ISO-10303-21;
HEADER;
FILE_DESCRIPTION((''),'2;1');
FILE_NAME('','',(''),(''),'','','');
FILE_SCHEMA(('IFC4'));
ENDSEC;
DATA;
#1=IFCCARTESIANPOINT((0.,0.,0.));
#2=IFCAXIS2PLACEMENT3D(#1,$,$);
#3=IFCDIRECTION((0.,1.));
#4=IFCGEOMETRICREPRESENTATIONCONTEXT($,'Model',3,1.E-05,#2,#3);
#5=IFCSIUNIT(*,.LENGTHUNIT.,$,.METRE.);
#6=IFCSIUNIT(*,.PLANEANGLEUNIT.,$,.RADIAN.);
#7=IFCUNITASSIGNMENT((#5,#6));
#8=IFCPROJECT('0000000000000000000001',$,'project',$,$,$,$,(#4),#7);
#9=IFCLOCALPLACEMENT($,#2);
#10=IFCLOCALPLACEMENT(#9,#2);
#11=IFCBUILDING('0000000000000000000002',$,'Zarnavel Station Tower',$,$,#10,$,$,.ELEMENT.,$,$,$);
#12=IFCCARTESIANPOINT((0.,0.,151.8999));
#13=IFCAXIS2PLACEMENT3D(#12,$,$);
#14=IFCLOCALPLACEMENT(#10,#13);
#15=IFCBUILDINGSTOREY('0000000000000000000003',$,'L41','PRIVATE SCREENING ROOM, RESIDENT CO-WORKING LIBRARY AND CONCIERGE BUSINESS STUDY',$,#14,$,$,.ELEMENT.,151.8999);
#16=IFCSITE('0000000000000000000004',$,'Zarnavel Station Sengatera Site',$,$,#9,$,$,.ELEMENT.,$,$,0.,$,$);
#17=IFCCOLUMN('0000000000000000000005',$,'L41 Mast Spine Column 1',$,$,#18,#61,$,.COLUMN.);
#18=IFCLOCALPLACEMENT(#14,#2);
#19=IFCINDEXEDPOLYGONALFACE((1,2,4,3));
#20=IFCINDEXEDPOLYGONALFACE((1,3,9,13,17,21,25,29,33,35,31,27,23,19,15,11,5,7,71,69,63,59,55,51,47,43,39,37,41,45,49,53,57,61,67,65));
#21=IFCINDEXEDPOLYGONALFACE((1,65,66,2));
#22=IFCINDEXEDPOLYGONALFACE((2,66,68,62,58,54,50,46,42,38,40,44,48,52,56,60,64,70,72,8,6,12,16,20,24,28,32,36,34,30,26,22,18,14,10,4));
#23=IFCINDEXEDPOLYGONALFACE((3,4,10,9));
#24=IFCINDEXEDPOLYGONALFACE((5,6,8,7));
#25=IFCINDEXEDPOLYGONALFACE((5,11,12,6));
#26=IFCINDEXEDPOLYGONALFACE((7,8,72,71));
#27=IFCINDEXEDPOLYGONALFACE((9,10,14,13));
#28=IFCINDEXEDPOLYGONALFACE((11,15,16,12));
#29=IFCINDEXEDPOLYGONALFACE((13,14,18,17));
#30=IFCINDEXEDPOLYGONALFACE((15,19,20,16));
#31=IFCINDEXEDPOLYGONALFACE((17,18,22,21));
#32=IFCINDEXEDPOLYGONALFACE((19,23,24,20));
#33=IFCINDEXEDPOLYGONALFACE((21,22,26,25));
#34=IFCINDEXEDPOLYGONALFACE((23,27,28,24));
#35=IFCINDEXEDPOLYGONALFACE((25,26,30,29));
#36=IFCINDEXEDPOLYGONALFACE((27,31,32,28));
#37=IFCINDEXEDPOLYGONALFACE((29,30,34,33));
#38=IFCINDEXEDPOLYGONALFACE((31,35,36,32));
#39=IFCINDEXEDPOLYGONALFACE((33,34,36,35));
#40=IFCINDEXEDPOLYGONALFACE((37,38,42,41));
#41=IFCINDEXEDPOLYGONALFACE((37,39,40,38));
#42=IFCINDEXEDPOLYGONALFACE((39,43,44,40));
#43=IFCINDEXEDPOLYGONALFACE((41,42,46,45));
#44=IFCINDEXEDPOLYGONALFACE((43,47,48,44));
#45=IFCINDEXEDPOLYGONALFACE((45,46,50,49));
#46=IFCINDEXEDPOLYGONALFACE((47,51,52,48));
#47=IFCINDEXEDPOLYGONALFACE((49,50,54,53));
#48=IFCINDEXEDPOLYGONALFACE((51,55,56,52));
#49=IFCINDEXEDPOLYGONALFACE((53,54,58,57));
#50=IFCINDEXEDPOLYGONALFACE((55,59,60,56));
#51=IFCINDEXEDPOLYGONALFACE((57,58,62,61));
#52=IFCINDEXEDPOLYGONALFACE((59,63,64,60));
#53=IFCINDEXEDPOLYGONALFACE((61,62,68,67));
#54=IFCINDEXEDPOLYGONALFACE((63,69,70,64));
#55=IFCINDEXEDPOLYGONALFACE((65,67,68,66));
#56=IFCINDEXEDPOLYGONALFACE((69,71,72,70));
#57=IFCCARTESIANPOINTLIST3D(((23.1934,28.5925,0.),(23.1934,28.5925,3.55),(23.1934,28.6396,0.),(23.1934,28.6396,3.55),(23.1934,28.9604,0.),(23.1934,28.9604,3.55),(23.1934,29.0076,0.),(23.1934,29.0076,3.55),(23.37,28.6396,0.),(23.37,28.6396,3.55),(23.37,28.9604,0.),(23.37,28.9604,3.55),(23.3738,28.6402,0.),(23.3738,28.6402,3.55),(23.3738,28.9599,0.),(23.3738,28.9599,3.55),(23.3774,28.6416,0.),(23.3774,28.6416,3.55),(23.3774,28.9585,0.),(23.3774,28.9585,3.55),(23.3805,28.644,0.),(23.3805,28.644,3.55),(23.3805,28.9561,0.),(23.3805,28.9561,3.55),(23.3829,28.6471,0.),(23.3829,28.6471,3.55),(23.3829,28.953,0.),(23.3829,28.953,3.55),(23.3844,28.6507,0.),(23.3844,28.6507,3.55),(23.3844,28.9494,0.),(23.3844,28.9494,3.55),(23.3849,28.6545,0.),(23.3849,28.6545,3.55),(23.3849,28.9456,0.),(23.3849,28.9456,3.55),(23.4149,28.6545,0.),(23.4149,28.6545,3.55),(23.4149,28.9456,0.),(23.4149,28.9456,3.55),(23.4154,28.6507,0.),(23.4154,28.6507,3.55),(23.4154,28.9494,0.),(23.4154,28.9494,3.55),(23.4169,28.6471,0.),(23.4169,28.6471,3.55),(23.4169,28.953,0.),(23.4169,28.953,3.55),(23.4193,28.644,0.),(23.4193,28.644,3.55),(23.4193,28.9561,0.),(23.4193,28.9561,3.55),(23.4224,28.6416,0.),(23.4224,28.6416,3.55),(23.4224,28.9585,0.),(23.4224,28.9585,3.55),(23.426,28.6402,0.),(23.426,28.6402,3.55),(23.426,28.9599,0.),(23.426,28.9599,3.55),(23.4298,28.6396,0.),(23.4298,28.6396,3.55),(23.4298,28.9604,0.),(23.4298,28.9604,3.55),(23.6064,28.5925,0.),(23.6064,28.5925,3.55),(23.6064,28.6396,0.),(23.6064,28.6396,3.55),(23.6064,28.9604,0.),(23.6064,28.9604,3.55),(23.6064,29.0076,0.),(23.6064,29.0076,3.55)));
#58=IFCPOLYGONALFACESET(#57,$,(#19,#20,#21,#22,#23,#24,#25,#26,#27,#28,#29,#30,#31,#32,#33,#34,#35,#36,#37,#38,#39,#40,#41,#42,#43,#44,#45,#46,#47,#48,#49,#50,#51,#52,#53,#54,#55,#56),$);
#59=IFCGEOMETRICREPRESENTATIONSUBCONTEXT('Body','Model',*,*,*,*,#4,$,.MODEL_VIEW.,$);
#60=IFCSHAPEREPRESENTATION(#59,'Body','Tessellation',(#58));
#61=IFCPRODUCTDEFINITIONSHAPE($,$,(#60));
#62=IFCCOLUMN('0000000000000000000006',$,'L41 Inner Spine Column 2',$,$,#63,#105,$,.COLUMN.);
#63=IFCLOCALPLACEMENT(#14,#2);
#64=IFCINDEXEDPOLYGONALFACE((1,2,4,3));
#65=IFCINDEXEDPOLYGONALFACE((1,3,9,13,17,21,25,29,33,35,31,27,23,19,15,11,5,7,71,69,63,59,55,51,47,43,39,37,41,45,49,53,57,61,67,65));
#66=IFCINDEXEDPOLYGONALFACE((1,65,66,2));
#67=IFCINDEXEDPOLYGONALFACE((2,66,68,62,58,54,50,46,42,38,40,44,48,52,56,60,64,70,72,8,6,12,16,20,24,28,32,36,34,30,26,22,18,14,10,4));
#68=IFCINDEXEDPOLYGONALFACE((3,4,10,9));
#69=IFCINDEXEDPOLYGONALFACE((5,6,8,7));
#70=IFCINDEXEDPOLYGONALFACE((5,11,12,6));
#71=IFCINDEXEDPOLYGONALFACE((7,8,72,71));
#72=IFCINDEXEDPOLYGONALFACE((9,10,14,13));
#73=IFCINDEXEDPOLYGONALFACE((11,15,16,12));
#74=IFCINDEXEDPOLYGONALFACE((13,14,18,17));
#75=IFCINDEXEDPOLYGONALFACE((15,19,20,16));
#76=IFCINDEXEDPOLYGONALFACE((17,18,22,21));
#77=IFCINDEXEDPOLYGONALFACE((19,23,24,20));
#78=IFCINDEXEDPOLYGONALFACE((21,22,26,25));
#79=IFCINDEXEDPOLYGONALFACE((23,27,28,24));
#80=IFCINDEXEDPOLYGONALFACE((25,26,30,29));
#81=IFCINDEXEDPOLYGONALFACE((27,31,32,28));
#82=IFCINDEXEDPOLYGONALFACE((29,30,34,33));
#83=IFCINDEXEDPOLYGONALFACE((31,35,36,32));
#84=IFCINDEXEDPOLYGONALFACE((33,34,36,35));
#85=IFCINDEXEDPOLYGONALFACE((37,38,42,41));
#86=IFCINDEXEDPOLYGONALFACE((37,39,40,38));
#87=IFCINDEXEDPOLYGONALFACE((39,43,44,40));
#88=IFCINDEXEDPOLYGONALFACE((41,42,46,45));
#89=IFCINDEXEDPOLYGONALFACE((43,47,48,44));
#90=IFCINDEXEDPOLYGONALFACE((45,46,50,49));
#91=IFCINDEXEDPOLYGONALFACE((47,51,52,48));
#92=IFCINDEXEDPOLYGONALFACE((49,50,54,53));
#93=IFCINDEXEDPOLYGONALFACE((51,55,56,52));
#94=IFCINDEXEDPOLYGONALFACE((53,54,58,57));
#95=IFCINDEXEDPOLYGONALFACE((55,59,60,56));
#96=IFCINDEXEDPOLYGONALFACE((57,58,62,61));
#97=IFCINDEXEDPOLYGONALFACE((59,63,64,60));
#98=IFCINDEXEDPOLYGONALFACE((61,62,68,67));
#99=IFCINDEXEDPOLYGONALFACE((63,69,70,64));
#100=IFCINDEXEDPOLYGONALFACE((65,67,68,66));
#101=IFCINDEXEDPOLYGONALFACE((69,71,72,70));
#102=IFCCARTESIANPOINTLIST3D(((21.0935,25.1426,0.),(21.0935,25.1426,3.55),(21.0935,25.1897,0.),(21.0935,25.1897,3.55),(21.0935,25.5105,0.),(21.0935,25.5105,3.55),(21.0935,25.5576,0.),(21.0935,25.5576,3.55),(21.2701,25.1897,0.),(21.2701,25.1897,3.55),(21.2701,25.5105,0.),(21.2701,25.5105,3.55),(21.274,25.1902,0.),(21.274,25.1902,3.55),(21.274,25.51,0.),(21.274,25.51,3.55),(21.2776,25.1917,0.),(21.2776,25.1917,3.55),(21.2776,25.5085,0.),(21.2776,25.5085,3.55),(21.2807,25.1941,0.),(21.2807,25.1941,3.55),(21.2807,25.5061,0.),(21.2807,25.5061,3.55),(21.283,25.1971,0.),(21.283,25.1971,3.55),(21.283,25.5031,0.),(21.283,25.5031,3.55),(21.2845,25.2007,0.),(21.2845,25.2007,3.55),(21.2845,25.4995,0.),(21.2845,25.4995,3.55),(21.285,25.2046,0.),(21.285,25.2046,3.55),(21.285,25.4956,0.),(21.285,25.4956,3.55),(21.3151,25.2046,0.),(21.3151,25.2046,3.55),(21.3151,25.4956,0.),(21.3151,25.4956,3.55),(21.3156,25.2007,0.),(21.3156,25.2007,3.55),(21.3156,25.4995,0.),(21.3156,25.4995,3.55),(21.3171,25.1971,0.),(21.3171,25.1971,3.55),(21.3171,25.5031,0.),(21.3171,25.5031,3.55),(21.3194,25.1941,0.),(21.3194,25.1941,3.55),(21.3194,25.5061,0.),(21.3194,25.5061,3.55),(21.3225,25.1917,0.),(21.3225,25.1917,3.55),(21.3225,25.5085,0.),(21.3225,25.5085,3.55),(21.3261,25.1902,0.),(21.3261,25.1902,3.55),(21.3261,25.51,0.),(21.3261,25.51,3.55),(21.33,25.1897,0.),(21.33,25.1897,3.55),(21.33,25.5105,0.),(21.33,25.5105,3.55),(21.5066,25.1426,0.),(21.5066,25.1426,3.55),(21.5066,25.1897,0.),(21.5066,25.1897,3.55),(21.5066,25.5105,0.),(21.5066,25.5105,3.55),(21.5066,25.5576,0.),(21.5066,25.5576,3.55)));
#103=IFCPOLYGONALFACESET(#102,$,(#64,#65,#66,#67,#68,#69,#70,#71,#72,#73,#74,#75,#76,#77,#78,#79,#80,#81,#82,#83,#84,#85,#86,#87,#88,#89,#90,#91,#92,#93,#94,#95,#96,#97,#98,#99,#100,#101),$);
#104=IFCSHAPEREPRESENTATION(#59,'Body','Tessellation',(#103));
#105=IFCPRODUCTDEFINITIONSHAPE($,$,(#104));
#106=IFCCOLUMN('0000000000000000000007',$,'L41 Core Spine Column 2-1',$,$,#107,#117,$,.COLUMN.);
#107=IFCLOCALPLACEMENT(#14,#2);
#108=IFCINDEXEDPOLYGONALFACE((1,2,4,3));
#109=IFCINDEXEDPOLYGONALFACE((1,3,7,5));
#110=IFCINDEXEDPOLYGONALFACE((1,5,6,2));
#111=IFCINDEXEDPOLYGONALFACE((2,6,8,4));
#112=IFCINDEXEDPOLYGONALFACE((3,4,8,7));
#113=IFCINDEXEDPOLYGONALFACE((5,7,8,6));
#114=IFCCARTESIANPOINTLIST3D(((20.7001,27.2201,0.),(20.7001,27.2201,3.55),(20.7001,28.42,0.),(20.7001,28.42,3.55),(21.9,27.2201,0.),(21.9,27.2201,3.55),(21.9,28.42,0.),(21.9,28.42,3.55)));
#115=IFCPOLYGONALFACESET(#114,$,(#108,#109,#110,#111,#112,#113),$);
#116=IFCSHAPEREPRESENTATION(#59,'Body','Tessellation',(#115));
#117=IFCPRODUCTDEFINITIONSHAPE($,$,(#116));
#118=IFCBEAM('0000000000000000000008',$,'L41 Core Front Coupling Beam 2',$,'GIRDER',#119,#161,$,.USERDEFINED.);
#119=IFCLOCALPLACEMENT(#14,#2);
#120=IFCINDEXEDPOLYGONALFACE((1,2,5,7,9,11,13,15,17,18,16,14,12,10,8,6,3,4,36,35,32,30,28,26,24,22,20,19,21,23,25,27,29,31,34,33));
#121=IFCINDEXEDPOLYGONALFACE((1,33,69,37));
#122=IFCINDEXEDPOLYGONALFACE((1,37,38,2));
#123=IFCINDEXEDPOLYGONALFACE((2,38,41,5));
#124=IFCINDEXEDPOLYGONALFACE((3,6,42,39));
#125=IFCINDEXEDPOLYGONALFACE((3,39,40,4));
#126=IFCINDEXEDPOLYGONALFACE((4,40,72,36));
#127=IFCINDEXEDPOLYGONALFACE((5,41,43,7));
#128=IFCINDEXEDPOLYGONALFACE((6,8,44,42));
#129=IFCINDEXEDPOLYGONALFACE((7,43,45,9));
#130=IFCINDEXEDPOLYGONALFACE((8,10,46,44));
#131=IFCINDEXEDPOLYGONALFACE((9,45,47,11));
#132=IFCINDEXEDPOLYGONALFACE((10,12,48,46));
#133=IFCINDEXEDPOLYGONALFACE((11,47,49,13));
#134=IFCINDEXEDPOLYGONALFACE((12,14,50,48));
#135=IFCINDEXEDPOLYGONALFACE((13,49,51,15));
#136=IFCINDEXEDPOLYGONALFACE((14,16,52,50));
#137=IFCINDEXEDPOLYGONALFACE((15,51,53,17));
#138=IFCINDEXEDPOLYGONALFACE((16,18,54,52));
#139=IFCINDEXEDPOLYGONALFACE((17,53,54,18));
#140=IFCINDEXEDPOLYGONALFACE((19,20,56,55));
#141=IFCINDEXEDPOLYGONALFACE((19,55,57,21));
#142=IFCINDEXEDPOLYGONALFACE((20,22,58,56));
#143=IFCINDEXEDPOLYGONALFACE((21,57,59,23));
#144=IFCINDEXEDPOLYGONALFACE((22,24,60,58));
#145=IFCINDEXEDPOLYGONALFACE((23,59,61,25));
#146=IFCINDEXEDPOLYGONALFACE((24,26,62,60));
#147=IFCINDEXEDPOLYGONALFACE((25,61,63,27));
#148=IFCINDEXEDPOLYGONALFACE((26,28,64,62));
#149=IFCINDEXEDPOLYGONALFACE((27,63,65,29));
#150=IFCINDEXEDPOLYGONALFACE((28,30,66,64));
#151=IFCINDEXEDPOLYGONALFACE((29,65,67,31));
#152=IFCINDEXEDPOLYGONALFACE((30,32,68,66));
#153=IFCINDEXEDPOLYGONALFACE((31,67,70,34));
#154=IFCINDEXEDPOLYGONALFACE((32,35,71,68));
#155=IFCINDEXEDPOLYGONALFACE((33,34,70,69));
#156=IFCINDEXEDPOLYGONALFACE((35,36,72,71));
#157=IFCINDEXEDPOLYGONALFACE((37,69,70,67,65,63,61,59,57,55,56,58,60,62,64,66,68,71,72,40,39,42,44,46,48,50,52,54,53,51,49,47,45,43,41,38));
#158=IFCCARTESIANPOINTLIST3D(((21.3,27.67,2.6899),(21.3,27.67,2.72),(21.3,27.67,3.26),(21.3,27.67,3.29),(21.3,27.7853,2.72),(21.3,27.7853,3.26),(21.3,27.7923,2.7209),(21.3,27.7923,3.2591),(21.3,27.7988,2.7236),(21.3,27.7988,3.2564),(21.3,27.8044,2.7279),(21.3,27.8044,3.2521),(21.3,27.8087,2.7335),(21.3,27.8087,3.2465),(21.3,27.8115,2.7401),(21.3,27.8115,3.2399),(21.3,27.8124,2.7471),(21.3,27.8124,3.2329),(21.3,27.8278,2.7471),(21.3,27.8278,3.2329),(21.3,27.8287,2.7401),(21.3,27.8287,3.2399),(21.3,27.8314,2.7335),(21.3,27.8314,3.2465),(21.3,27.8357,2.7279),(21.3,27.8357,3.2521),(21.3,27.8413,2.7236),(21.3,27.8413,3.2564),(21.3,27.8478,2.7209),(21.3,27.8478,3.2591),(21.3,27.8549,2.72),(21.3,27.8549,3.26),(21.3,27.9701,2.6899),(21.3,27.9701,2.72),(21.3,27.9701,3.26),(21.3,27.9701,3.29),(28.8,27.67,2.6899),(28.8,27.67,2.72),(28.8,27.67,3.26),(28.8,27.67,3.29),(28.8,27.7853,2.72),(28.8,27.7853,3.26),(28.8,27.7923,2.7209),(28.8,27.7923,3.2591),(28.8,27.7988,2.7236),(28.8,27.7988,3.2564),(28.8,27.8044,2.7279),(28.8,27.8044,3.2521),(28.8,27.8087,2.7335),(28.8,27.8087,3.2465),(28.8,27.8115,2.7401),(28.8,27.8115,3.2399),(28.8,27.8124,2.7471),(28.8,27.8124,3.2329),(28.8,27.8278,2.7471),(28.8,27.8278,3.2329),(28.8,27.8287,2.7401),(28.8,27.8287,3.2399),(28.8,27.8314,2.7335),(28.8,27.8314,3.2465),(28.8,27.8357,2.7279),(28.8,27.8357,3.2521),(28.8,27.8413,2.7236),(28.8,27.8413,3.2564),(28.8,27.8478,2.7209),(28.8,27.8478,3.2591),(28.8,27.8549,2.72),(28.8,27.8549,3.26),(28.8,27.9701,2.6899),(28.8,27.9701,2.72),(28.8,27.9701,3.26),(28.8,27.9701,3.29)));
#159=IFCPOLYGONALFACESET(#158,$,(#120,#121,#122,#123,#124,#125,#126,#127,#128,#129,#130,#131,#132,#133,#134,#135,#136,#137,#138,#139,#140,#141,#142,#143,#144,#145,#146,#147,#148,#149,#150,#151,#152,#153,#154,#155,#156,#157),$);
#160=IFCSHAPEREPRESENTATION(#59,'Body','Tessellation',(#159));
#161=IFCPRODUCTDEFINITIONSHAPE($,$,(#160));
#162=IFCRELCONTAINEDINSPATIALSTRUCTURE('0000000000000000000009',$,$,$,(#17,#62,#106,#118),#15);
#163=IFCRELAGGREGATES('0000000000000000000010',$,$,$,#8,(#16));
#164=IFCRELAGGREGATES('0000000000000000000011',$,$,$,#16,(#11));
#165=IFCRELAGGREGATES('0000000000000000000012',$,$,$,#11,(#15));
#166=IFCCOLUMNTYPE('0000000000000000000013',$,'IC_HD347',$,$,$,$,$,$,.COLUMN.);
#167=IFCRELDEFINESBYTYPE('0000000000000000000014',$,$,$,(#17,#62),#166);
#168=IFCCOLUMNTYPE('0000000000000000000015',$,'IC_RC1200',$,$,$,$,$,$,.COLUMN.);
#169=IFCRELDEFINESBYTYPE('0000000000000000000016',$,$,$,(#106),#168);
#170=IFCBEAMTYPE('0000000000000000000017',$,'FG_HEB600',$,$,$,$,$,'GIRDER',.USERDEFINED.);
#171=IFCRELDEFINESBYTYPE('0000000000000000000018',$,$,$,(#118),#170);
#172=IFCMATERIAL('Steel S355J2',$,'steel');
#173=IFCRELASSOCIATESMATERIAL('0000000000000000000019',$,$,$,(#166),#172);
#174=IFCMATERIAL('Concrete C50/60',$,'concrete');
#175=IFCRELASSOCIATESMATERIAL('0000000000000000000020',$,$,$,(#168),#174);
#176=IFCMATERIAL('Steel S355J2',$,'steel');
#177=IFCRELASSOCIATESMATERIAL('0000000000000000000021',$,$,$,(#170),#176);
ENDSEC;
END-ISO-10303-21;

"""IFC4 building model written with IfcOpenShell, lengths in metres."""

from ifc_helpers import new_model, si_unit, direction, frame, origin, origin_2d, place, context, subcontext, project, spatial, rectangle, i_section, extrude, material, material_profile, profile_set, type_object, element, save


model = new_model("IFC4")

# Units and contexts
model_context = context("Model", 3, precision=1e-05, world=origin(), true_north=direction((0.0, 1.0)))
body_context = subcontext(model_context, "Body", "Model", "MODEL_VIEW")
ifc_project = project(units=[si_unit("LENGTHUNIT", "METRE"), si_unit("PLANEANGLEUNIT", "RADIAN")], contexts=[model_context])

# Site, building, storey
site_placement = place(None, origin())
site = spatial("IfcSite", under=ifc_project, at=site_placement, Name="Zarnavel Station Sengatera Site", CompositionType="ELEMENT", RefElevation=0.0)
building_placement = place(site_placement, origin())
building = spatial("IfcBuilding", under=site, at=building_placement, Name="Zarnavel Station Tower", CompositionType="ELEMENT")
storey_placement = place(building_placement, frame((0.0, 0.0, 151.8999)))
storey = spatial("IfcBuildingStorey", under=building, at=storey_placement, Name="L41", Description="PRIVATE SCREENING ROOM, RESIDENT CO-WORKING LIBRARY AND CONCIERGE BUSINESS STUDY", CompositionType="ELEMENT", Elevation=151.8999)

# Columns
ifc_material_1 = material(Name="Steel S355J2", Category="steel")
ifc_material_profile_1 = material_profile(ifc_material_1, i_section(OverallWidth=0.4131, OverallDepth=0.415, WebThickness=0.03, FlangeThickness=0.0471, FilletRadius=0.0149, at=origin_2d()), Name="HD400x347")
ifc_profile_set_1 = profile_set([ifc_material_profile_1], Name="Steel S355J2")
column_type_1 = type_object("IfcColumnType", Name="IC_HD347", PredefinedType="COLUMN", material=ifc_profile_set_1)
for number, where, z_axis, x_axis, name in (
    (1, (23.3999, 28.8, 0.0), (0.0, 0.0, 1.0), (1.0, 0.0, 0.0), "L41 Mast Spine Column 1"),
    (2, (21.3, 25.3501, 0.0), (0.0, 0.0, 1.0), (1.0, 0.0, 0.0), "L41 Inner Spine Column 2"),
):
    element("IfcColumn", number, at=place(storey_placement, frame(where, z_axis=z_axis, x_axis=x_axis)), inside=storey, type_object=column_type_1, Name=name, PredefinedType="COLUMN", context=body_context, shape_type="SweptSolid", body=[
        extrude(i_section(OverallWidth=0.4131, OverallDepth=0.415, WebThickness=0.03, FlangeThickness=0.0471, FilletRadius=0.0149, at=origin_2d()), origin(), (0.0, 0.0, 1.0), 3.55),
    ])
ifc_material_2 = material(Name="Concrete C50/60", Category="concrete")
ifc_material_profile_2 = material_profile(ifc_material_2, rectangle(XDim=1.2, YDim=1.2, at=origin_2d()), Name="RC1200x1200")
ifc_profile_set_2 = profile_set([ifc_material_profile_2], Name="Concrete C50/60")
column_type_2 = type_object("IfcColumnType", Name="IC_RC1200", PredefinedType="COLUMN", material=ifc_profile_set_2)
column_placement = place(storey_placement, frame((21.3, 27.8201, 0.0), z_axis=(0.0, 0.0, 1.0), x_axis=(1.0, 0.0, 0.0)))
element("IfcColumn", 3, at=column_placement, inside=storey, type_object=column_type_2, Name="L41 Core Spine Column 2-1", PredefinedType="COLUMN", context=body_context, shape_type="SweptSolid", body=[
    extrude(rectangle(XDim=1.2, YDim=1.2, at=origin_2d()), origin(), (0.0, 0.0, 1.0), 3.55),
])

# Beam
ifc_material_3 = material(Name="Steel S355J2", Category="steel")
ifc_material_profile_3 = material_profile(ifc_material_3, i_section(OverallWidth=0.3, OverallDepth=0.6001, WebThickness=0.0154, FlangeThickness=0.03, FilletRadius=0.0271, at=origin_2d()), Name="HEB600")
ifc_profile_set_3 = profile_set([ifc_material_profile_3], Name="Steel S355J2")
beam_type_1 = type_object("IfcBeamType", Name="FG_HEB600", ElementType="GIRDER", PredefinedType="USERDEFINED", material=ifc_profile_set_3)
beam_1_placement = place(storey_placement, frame((21.3, 27.8201, 2.99), z_axis=(1.0, 0.0, 0.0), x_axis=(0.0, 1.0, 0.0)))
element("IfcBeam", 4, at=beam_1_placement, inside=storey, type_object=beam_type_1, Name="L41 Core Front Coupling Beam 2", ObjectType="GIRDER", PredefinedType="USERDEFINED", context=body_context, shape_type="SweptSolid", body=[
    extrude(i_section(OverallWidth=0.3, OverallDepth=0.6001, WebThickness=0.0154, FlangeThickness=0.03, FilletRadius=0.0271, at=origin_2d()), origin(), (0.0, 0.0, 1.0), 7.5),
])

save(model, "model.ifc")
